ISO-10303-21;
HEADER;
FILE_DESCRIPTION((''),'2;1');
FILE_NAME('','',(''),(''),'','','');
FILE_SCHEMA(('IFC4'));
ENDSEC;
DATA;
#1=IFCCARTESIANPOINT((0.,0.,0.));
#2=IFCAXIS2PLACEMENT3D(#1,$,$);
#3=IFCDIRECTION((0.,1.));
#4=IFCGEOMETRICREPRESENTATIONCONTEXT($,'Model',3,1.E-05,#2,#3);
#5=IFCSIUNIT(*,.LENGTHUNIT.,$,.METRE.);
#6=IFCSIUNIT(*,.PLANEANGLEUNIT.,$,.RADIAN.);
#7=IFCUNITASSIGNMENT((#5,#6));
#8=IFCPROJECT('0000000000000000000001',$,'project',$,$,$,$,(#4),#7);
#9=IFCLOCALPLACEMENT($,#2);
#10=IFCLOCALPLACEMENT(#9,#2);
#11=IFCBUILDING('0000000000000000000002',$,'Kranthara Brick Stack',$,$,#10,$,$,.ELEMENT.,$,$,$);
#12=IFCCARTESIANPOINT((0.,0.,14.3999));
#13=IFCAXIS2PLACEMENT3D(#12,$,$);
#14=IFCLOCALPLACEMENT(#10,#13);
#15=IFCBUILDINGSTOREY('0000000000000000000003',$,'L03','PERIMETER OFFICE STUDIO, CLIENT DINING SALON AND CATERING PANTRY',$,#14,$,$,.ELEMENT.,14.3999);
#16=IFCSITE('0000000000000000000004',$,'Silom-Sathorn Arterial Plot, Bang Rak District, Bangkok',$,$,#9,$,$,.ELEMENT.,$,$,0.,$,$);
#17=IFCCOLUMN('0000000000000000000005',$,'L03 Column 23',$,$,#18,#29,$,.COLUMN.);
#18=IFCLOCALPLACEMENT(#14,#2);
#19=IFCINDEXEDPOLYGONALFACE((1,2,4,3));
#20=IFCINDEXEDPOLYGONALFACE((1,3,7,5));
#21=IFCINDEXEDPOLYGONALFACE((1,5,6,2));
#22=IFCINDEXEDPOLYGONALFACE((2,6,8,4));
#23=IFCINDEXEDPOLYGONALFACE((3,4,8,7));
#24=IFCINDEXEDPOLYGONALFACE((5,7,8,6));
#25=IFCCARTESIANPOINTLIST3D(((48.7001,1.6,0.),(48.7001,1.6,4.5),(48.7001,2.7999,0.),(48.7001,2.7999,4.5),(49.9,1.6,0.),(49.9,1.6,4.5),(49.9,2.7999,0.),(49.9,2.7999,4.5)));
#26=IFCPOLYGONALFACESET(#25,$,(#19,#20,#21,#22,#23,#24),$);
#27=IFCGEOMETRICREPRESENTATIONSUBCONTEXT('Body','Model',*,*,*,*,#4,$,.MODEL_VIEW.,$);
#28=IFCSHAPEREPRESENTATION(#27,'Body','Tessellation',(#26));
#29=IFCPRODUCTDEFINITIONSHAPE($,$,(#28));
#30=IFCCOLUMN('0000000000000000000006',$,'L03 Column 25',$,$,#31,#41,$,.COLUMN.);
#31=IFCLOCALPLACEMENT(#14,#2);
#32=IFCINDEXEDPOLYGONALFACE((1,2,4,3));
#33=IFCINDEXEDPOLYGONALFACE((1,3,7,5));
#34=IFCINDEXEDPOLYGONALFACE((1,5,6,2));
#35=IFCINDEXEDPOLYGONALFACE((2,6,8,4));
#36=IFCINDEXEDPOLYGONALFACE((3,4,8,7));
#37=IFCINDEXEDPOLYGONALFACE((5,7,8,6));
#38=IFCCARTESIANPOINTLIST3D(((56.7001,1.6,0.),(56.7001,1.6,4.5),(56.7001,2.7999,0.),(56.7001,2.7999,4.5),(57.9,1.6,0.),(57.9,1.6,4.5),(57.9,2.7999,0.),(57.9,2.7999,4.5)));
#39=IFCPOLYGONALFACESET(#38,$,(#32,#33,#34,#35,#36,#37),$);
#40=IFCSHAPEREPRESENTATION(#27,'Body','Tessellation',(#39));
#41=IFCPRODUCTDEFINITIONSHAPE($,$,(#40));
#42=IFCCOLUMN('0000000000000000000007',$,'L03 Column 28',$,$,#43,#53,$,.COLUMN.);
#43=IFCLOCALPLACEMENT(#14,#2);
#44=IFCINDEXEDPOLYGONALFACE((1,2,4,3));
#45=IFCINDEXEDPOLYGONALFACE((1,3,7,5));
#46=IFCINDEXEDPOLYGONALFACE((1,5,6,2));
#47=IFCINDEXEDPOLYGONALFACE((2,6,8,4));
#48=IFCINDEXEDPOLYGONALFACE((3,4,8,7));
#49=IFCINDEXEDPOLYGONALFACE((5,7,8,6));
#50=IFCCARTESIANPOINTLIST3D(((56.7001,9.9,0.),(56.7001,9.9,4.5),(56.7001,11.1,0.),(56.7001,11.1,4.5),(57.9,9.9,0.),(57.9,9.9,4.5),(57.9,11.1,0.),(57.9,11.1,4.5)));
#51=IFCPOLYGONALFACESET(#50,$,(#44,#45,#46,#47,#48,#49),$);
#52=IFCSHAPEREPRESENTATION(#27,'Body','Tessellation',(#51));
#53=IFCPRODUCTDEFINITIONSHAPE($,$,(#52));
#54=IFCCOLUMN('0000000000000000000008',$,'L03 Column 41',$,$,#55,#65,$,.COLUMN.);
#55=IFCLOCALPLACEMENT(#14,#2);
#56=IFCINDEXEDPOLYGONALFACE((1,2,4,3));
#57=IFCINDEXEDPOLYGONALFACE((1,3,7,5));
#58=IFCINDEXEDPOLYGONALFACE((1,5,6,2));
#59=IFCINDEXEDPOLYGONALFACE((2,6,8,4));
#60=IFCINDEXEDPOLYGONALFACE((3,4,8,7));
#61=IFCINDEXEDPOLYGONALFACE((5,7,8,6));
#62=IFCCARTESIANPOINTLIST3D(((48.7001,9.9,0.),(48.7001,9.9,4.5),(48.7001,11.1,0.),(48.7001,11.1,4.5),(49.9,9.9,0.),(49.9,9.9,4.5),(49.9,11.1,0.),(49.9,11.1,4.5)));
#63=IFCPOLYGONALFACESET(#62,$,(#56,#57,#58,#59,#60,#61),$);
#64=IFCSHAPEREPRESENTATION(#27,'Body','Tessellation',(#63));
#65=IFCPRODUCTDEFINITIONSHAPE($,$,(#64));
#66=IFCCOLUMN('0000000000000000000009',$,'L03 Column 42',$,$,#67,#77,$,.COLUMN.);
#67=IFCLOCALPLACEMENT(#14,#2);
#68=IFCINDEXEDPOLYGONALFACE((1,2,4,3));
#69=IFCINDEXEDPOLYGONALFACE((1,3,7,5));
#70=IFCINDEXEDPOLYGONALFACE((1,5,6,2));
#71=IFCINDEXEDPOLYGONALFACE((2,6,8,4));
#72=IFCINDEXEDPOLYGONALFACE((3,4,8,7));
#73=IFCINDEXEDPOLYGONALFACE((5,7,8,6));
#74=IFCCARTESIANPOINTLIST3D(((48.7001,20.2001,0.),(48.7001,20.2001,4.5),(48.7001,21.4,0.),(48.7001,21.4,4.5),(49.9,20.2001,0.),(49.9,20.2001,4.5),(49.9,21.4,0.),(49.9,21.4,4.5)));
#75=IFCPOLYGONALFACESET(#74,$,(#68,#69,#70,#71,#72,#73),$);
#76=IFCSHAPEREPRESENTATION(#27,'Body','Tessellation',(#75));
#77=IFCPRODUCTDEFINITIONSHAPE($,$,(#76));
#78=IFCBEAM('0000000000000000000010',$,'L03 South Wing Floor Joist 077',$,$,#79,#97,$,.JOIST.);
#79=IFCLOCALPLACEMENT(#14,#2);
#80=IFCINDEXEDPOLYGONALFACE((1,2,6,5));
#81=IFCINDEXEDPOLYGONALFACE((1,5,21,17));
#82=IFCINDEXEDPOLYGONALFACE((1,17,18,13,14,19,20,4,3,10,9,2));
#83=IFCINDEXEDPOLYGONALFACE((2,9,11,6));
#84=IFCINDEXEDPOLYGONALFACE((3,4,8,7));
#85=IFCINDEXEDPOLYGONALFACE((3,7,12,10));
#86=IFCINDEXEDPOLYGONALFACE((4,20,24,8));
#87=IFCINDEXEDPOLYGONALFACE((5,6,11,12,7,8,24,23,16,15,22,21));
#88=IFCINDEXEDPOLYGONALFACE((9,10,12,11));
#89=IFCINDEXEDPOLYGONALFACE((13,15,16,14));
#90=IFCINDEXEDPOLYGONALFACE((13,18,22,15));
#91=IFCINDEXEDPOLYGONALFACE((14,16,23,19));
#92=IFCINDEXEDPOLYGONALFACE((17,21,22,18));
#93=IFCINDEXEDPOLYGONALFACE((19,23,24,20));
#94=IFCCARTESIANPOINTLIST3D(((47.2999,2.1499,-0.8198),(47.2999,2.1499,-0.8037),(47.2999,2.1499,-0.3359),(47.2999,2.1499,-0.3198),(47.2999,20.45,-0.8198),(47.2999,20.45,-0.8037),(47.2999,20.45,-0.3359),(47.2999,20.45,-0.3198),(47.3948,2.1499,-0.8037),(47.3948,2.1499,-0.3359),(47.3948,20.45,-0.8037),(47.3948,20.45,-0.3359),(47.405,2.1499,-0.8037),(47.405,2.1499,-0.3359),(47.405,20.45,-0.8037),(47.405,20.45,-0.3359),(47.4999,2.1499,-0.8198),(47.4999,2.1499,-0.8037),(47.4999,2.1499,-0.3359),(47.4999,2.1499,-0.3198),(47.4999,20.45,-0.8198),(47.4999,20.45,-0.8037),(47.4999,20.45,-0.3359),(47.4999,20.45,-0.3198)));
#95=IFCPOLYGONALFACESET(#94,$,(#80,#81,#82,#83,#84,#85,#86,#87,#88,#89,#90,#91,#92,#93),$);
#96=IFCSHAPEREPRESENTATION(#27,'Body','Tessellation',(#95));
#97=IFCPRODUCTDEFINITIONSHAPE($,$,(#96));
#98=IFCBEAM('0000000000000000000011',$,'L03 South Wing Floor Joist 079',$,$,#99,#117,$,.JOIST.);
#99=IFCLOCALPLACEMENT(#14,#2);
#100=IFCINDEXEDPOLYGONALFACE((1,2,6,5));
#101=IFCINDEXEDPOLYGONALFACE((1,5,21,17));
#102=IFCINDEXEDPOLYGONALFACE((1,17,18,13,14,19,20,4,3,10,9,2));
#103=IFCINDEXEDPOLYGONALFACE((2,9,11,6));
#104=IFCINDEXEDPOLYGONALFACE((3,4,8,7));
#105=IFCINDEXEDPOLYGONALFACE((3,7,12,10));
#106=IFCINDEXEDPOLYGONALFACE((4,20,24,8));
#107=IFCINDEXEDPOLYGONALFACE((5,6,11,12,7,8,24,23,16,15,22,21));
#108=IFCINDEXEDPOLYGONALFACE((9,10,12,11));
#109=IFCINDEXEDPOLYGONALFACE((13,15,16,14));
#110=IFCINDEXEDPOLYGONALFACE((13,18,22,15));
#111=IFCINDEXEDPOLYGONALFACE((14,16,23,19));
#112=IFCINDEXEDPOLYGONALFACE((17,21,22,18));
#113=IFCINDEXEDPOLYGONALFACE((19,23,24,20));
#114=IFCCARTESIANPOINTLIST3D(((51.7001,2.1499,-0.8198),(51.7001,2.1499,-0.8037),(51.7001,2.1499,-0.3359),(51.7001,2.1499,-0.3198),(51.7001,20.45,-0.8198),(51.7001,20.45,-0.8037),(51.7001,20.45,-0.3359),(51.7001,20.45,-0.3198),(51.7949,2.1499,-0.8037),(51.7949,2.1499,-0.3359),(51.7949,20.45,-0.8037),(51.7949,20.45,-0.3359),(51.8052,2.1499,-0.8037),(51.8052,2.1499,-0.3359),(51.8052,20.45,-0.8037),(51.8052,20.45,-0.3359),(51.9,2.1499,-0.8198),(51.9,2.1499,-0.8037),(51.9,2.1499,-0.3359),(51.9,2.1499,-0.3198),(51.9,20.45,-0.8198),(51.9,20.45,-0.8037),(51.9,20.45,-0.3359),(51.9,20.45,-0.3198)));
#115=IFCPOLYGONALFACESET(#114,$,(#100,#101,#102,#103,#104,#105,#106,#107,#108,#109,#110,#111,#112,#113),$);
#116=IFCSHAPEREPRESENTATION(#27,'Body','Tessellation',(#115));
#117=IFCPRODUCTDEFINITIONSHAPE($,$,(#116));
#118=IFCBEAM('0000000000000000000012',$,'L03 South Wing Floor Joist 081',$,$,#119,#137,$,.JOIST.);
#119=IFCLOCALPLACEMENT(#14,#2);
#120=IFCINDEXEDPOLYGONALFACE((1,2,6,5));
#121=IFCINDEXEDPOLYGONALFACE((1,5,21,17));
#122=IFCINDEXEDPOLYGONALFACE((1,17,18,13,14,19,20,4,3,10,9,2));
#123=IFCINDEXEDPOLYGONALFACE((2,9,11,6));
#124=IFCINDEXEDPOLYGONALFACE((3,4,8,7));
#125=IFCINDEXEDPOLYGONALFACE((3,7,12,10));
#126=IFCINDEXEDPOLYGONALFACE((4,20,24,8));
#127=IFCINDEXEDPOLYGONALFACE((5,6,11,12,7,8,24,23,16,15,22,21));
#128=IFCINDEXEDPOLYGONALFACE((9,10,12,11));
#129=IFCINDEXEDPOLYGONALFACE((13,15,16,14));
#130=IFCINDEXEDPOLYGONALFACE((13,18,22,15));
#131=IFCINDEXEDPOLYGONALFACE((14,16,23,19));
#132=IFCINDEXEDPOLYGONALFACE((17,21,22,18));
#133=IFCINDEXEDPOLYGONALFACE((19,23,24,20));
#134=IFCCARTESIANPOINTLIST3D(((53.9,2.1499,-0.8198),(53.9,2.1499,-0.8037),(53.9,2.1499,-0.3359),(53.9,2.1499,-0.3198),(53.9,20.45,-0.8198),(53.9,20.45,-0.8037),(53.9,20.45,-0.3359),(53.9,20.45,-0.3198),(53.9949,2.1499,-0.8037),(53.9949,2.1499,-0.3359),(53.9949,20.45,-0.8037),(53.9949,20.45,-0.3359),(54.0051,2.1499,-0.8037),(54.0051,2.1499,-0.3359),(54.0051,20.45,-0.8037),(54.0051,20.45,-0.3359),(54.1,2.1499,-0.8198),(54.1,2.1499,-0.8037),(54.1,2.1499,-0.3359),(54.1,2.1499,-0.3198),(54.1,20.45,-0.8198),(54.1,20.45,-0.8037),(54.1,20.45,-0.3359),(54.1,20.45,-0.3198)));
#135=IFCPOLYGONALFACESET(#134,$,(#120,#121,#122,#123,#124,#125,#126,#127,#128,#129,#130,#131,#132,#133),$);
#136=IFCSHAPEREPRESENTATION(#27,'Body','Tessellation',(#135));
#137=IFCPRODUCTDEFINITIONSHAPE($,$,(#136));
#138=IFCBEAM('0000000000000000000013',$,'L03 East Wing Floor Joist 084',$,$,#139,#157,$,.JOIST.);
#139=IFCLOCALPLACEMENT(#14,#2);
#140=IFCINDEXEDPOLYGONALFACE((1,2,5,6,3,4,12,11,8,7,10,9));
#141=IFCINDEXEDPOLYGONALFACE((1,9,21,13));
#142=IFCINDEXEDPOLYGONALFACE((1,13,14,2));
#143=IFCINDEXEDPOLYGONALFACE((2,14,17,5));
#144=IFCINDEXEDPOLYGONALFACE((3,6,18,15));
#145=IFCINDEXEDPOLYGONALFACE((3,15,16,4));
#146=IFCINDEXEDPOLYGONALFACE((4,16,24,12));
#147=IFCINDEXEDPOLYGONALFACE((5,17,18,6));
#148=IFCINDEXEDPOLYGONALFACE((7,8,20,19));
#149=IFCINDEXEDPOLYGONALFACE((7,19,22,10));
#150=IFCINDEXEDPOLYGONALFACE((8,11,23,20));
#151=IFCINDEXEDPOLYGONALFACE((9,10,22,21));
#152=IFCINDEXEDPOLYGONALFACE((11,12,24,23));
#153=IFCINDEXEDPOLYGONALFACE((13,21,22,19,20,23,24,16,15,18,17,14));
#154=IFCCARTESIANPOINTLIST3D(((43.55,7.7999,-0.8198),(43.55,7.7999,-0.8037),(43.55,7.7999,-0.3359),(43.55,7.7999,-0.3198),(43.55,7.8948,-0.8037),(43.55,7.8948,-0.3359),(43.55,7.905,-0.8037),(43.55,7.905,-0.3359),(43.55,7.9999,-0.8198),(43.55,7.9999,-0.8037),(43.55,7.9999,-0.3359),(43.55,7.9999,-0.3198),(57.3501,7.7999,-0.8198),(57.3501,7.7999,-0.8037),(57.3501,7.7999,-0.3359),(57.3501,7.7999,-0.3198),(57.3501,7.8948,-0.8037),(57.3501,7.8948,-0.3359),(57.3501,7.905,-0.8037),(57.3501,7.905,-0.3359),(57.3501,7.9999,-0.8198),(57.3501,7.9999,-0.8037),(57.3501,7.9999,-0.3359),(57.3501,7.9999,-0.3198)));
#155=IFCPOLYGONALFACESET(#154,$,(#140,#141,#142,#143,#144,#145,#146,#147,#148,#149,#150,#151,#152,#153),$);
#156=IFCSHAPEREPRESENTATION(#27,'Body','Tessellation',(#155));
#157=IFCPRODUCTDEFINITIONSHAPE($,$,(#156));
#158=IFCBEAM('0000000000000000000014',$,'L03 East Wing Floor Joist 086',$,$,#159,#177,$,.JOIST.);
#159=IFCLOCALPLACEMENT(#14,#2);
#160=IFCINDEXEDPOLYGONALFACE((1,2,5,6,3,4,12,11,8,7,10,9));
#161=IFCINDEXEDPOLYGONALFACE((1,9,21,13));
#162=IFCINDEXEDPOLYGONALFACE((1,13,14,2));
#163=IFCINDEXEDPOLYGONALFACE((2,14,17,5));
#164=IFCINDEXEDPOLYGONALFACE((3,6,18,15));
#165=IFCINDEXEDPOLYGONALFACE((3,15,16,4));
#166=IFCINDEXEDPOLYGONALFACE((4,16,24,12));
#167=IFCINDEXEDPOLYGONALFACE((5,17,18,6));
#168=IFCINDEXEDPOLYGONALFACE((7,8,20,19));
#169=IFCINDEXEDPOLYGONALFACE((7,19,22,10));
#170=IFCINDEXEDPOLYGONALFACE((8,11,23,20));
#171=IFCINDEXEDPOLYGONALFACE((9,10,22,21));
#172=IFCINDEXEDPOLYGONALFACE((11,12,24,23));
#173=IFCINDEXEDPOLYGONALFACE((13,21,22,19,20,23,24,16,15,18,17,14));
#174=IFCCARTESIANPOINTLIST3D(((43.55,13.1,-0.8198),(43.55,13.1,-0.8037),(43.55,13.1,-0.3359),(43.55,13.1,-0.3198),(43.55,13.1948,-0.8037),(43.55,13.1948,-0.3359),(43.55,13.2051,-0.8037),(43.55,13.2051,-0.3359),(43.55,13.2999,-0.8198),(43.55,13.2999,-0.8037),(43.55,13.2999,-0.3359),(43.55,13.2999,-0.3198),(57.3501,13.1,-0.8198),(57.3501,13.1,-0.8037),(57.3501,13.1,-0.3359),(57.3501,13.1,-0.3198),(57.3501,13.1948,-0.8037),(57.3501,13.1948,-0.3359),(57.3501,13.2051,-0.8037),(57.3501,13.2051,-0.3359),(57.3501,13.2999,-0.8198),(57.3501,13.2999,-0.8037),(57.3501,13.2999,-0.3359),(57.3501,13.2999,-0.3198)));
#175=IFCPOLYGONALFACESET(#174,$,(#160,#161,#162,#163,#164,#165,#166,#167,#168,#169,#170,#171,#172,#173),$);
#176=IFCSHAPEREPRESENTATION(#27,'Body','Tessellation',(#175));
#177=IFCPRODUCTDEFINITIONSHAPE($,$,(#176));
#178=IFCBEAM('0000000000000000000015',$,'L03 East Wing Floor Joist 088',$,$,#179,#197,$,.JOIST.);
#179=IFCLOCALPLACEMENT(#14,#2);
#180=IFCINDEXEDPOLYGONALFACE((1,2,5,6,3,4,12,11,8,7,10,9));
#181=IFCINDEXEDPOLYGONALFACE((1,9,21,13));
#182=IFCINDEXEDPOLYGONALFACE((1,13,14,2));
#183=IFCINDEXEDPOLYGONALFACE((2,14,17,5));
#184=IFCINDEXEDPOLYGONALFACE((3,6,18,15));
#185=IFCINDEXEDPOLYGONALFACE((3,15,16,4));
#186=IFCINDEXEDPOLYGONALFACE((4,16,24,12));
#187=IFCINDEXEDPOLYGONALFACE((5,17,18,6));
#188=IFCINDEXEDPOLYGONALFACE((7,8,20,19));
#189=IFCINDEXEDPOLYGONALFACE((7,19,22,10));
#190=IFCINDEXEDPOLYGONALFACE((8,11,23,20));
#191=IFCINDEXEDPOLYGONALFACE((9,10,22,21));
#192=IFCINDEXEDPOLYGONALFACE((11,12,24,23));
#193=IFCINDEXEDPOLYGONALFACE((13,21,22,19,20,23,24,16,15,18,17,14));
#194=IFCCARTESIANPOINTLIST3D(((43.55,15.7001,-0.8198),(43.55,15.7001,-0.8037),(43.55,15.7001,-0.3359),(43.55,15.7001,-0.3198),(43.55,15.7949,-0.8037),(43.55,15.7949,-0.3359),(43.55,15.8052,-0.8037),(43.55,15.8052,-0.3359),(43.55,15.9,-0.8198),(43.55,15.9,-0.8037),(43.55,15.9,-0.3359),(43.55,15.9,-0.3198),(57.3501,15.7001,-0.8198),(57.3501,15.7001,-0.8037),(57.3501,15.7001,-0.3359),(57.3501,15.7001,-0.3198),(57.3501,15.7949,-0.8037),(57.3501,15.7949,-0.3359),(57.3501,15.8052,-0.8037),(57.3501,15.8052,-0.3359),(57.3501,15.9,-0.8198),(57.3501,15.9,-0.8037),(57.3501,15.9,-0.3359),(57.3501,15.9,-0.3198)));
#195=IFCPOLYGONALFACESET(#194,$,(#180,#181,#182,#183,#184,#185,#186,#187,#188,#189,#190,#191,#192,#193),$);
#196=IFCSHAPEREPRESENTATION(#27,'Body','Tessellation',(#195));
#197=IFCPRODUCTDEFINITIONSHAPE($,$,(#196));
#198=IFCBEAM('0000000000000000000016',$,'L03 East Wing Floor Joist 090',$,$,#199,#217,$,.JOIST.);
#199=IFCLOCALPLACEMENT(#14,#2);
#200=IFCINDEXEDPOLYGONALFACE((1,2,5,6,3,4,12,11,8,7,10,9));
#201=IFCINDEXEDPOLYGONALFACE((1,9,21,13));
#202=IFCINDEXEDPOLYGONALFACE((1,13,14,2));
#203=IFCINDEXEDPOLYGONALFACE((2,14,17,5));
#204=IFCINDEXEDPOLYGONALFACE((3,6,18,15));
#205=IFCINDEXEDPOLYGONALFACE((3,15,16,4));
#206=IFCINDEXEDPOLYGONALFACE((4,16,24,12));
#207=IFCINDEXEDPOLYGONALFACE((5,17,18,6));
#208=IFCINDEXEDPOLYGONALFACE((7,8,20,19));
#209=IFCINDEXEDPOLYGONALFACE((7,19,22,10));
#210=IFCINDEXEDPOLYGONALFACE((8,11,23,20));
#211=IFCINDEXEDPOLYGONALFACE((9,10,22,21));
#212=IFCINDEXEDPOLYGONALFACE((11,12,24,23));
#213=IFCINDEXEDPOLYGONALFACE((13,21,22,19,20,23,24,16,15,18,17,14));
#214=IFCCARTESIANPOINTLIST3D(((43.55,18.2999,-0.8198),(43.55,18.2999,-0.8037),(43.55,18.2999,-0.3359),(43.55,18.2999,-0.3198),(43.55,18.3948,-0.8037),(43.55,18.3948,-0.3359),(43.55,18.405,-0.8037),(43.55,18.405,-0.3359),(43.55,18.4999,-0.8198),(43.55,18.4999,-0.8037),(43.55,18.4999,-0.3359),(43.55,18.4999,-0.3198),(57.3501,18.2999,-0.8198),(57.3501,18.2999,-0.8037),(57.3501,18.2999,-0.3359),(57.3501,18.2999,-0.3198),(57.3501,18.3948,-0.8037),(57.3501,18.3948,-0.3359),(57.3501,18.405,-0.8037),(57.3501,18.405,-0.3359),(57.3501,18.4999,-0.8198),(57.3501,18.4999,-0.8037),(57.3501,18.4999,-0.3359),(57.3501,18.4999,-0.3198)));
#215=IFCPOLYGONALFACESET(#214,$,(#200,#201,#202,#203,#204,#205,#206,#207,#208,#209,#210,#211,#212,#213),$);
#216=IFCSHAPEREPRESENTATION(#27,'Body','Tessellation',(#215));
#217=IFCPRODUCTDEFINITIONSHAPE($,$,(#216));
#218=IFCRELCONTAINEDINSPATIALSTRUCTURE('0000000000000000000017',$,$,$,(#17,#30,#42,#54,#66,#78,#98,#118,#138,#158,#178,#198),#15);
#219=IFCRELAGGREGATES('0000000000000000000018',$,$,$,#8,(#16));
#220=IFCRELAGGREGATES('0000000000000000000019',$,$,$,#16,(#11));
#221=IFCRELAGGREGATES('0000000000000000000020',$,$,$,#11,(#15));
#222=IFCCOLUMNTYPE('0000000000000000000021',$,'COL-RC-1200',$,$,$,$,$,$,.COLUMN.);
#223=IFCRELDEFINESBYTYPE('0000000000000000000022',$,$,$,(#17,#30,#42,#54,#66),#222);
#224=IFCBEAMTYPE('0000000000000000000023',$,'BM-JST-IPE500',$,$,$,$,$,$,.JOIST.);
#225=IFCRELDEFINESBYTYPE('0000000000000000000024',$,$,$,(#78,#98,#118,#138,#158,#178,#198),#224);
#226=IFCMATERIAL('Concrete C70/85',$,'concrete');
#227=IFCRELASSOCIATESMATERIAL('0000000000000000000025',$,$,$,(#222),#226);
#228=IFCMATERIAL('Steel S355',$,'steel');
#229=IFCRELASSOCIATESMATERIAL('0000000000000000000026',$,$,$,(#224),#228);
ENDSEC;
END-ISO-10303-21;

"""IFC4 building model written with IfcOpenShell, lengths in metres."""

from ifc_helpers import new_model, si_unit, direction, frame, origin, origin_2d, place, context, subcontext, project, spatial, rectangle, i_section, extrude, material, material_profile, profile_set, type_object, element, save


model = new_model("IFC4")

# Units and contexts
model_context = context("Model", 3, precision=1e-05, world=origin(), true_north=direction((0.0, 1.0)))
body_context = subcontext(model_context, "Body", "Model", "MODEL_VIEW")
ifc_project = project(units=[si_unit("LENGTHUNIT", "METRE"), si_unit("PLANEANGLEUNIT", "RADIAN")], contexts=[model_context])

# Site, building, storey
site_placement = place(None, origin())
site = spatial("IfcSite", under=ifc_project, at=site_placement, Name="Silom-Sathorn Arterial Plot, Bang Rak District, Bangkok", CompositionType="ELEMENT", RefElevation=0.0)
building_placement = place(site_placement, origin())
building = spatial("IfcBuilding", under=site, at=building_placement, Name="Kranthara Brick Stack", CompositionType="ELEMENT")
storey_placement = place(building_placement, frame((0.0, 0.0, 14.3999)))
storey = spatial("IfcBuildingStorey", under=building, at=storey_placement, Name="L03", Description="PERIMETER OFFICE STUDIO, CLIENT DINING SALON AND CATERING PANTRY", CompositionType="ELEMENT", Elevation=14.3999)

# Columns
ifc_material_1 = material(Name="Concrete C70/85", Category="concrete")
ifc_material_profile_1 = material_profile(ifc_material_1, rectangle(XDim=1.2, YDim=1.2, at=origin_2d()), Name="RC 1200x1200")
ifc_profile_set_1 = profile_set([ifc_material_profile_1], Name="Concrete C70/85")
column_type = type_object("IfcColumnType", Name="COL-RC-1200", PredefinedType="COLUMN", material=ifc_profile_set_1)
for number, where, z_axis, x_axis, name in (
    (1, (49.3, 2.2, 0.0), (0.0, 0.0, 1.0), (1.0, 0.0, 0.0), "L03 Column 23"),
    (2, (57.3, 2.2, 0.0), (0.0, 0.0, 1.0), (1.0, 0.0, 0.0), "L03 Column 25"),
    (3, (57.3, 10.5, 0.0), (0.0, 0.0, 1.0), (1.0, 0.0, 0.0), "L03 Column 28"),
    (4, (49.3, 10.5, 0.0), (0.0, 0.0, 1.0), (1.0, 0.0, 0.0), "L03 Column 41"),
    (5, (49.3, 20.8, 0.0), (0.0, 0.0, 1.0), (1.0, 0.0, 0.0), "L03 Column 42"),
):
    element("IfcColumn", number, at=place(storey_placement, frame(where, z_axis=z_axis, x_axis=x_axis)), inside=storey, type_object=column_type, Name=name, PredefinedType="COLUMN", context=body_context, shape_type="SweptSolid", body=[
        extrude(rectangle(XDim=1.2, YDim=1.2, at=origin_2d()), origin(), (0.0, 0.0, 1.0), 4.5),
    ])

# Beams
ifc_material_2 = material(Name="Steel S355", Category="steel")
ifc_material_profile_2 = material_profile(ifc_material_2, i_section(OverallWidth=0.2, OverallDepth=0.5, WebThickness=0.0103, FlangeThickness=0.0161, at=origin_2d()), Name="IPE 500")
ifc_profile_set_2 = profile_set([ifc_material_profile_2], Name="Steel S355")
beam_type_1 = type_object("IfcBeamType", Name="BM-JST-IPE500", PredefinedType="JOIST", material=ifc_profile_set_2)
for number, where, z_axis, x_axis, name in (
    (6, (47.3999, 2.1499, -0.5698), (0.0, 1.0, 0.0), (-1.0, 0.0, 0.0), "L03 South Wing Floor Joist 077"),
    (7, (51.8, 2.1499, -0.5698), (0.0, 1.0, 0.0), (-1.0, 0.0, 0.0), "L03 South Wing Floor Joist 079"),
    (8, (54.0, 2.1499, -0.5698), (0.0, 1.0, 0.0), (-1.0, 0.0, 0.0), "L03 South Wing Floor Joist 081"),
):
    element("IfcBeam", number, at=place(storey_placement, frame(where, z_axis=z_axis, x_axis=x_axis)), inside=storey, type_object=beam_type_1, Name=name, PredefinedType="JOIST", context=body_context, shape_type="SweptSolid", body=[
        extrude(i_section(OverallWidth=0.2, OverallDepth=0.5, WebThickness=0.0103, FlangeThickness=0.0161, at=origin_2d()), origin(), (0.0, 0.0, 1.0), 18.3),
    ])
for number, where, z_axis, x_axis, name in (
    (9, (43.55, 7.8999, -0.5698), (1.0, 0.0, 0.0), (0.0, 1.0, 0.0), "L03 East Wing Floor Joist 084"),
    (10, (43.55, 13.2, -0.5698), (1.0, 0.0, 0.0), (0.0, 1.0, 0.0), "L03 East Wing Floor Joist 086"),
    (11, (43.55, 15.8, -0.5698), (1.0, 0.0, 0.0), (0.0, 1.0, 0.0), "L03 East Wing Floor Joist 088"),
    (12, (43.55, 18.3999, -0.5698), (1.0, 0.0, 0.0), (0.0, 1.0, 0.0), "L03 East Wing Floor Joist 090"),
):
    element("IfcBeam", number, at=place(storey_placement, frame(where, z_axis=z_axis, x_axis=x_axis)), inside=storey, type_object=beam_type_1, Name=name, PredefinedType="JOIST", context=body_context, shape_type="SweptSolid", body=[
        extrude(i_section(OverallWidth=0.2, OverallDepth=0.5, WebThickness=0.0103, FlangeThickness=0.0161, at=origin_2d()), origin(), (0.0, 0.0, 1.0), 13.8),
    ])

save(model, "model.ifc")
